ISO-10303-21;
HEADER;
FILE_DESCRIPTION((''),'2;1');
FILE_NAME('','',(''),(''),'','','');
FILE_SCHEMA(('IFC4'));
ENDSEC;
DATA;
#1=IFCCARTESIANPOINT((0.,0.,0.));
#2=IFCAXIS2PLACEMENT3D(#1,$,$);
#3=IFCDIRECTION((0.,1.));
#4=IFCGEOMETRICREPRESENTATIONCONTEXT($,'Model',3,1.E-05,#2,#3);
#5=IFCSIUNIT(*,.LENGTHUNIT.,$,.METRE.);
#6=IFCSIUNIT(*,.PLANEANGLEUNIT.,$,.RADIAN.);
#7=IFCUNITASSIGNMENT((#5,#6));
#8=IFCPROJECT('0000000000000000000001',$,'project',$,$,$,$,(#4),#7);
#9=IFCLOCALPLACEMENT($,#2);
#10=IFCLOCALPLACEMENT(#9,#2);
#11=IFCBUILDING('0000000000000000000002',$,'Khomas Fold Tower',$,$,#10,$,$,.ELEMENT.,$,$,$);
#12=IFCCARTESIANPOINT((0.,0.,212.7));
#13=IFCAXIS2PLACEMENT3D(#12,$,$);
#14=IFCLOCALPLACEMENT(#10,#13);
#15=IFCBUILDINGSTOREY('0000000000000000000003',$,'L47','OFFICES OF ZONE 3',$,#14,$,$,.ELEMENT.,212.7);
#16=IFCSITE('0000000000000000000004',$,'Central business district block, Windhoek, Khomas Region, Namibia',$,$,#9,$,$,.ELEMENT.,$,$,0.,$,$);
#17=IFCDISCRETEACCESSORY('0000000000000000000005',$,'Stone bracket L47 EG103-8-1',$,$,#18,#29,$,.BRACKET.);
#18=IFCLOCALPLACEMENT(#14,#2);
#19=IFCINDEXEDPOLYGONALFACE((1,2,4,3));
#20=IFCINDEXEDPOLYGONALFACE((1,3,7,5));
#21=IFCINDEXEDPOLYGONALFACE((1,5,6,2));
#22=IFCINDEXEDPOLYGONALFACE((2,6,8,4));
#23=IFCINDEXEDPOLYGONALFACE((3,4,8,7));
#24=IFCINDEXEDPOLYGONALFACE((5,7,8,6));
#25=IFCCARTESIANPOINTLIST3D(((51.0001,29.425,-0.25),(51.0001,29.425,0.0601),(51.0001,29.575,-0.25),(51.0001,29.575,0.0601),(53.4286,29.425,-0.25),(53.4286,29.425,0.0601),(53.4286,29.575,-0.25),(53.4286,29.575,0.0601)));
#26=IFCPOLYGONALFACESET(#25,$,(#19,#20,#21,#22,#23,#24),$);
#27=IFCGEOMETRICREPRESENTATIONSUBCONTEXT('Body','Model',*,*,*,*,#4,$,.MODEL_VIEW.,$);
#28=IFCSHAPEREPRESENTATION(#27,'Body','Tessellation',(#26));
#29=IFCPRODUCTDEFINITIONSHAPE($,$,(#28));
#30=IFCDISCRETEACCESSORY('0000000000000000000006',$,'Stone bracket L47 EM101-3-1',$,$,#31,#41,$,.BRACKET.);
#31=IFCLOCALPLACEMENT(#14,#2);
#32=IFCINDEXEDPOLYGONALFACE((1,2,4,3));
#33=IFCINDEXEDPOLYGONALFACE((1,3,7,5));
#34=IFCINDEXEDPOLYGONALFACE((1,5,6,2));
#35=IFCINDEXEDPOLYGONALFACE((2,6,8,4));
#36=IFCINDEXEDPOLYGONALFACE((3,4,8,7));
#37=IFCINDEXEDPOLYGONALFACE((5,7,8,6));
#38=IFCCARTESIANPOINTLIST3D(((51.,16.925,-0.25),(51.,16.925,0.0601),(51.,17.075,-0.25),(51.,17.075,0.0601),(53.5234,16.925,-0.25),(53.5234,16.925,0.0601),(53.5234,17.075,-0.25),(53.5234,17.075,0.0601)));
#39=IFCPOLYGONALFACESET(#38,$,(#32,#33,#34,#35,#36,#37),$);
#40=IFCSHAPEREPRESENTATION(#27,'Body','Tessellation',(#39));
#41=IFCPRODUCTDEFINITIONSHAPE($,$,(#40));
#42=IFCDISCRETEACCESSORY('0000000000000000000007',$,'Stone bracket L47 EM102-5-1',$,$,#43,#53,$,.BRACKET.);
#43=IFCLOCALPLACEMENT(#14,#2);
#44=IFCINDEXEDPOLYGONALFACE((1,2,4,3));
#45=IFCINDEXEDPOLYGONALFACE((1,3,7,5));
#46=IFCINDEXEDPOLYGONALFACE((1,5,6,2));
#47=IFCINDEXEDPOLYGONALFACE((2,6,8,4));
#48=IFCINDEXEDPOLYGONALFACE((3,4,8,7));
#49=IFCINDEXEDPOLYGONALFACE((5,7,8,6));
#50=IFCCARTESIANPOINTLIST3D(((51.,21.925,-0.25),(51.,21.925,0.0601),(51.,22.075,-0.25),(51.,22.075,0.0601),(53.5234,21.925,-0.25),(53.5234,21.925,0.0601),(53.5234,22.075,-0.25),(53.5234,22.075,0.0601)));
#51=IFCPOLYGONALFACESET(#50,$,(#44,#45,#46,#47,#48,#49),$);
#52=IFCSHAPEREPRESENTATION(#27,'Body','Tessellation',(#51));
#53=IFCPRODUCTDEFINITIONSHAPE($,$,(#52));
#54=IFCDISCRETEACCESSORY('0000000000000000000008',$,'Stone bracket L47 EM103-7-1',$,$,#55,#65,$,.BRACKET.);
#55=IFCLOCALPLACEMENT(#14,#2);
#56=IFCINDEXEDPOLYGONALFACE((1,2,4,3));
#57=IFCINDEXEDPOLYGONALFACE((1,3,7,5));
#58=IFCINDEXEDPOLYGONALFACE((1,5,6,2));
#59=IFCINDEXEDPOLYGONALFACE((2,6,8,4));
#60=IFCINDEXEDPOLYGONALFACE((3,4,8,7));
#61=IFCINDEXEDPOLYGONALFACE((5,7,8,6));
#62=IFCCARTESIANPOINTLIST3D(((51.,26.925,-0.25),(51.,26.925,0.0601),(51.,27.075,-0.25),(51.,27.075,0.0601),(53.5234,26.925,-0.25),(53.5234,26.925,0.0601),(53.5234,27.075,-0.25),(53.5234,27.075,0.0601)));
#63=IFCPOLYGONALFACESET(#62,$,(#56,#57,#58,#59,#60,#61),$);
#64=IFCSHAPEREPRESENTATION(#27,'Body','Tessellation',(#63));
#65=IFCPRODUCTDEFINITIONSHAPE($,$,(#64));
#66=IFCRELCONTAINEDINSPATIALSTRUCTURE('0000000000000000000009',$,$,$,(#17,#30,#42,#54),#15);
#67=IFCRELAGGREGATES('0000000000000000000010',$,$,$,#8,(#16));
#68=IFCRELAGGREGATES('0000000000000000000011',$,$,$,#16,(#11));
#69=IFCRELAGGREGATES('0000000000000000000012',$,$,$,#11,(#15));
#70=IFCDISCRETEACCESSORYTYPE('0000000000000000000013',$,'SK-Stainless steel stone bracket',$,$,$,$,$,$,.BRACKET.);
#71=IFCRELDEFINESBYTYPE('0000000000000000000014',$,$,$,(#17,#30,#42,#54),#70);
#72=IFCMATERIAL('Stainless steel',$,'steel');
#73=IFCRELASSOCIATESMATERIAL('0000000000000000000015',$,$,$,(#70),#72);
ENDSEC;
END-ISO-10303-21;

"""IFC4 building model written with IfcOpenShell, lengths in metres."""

from ifc_helpers import new_model, si_unit, direction, frame, origin, origin_2d, place, context, subcontext, project, spatial, rectangle, extrude, source, transform, mapped, material, type_object, element, save


model = new_model("IFC4")

# Units and contexts
model_context = context("Model", 3, precision=1e-05, world=origin(), true_north=direction((0.0, 1.0)))
body_context = subcontext(model_context, "Body", "Model", "MODEL_VIEW")
ifc_project = project(units=[si_unit("LENGTHUNIT", "METRE"), si_unit("PLANEANGLEUNIT", "RADIAN")], contexts=[model_context])

# Site, building, storey
site_placement = place(None, origin())
site = spatial("IfcSite", under=ifc_project, at=site_placement, Name="Central business district block, Windhoek, Khomas Region, Namibia", CompositionType="ELEMENT", RefElevation=0.0)
building_placement = place(site_placement, origin())
building = spatial("IfcBuilding", under=site, at=building_placement, Name="Khomas Fold Tower", CompositionType="ELEMENT")
storey_placement = place(building_placement, frame((0.0, 0.0, 212.7)))
storey = spatial("IfcBuildingStorey", under=building, at=storey_placement, Name="L47", Description="OFFICES OF ZONE 3", CompositionType="ELEMENT", Elevation=212.7)

# Discrete accessories
ifc_material_1 = material(Name="Stainless steel", Category="steel")
discrete_accessory_type = type_object("IfcDiscreteAccessoryType", Name="SK-Stainless steel stone bracket", PredefinedType="BRACKET", material=ifc_material_1)
shared_shape_1 = source(origin(), body_context, "Body", "SweptSolid", [
    extrude(rectangle(XDim=2.4285, YDim=0.1499, at=origin_2d()), origin(), (0.0, 0.0, 1.0), 0.3101),
])
for number, where, z_axis, x_axis, name in (
    (1, (52.2144, 29.5, -0.25), (0.0, 0.0, 1.0), (1.0, 0.0, 0.0), "Stone bracket L47 EG103-8-1"),
):
    element("IfcDiscreteAccessory", number, at=place(storey_placement, frame(where, z_axis=z_axis, x_axis=x_axis)), inside=storey, type_object=discrete_accessory_type, Name=name, PredefinedType="BRACKET", context=body_context, shape_type="MappedRepresentation", body=[
        mapped(shared_shape_1, transform((0.0, 0.0, 0.0))),
    ])
shared_shape_2 = source(origin(), body_context, "Body", "SweptSolid", [
    extrude(rectangle(XDim=2.5234, YDim=0.1499, at=origin_2d()), origin(), (0.0, 0.0, 1.0), 0.3101),
])
for number, where, z_axis, x_axis, name in (
    (2, (52.2617, 17.0, -0.25), (0.0, 0.0, 1.0), (1.0, 0.0, 0.0), "Stone bracket L47 EM101-3-1"),
    (3, (52.2617, 22.0, -0.25), (0.0, 0.0, 1.0), (1.0, 0.0, 0.0), "Stone bracket L47 EM102-5-1"),
    (4, (52.2617, 27.0, -0.25), (0.0, 0.0, 1.0), (1.0, 0.0, 0.0), "Stone bracket L47 EM103-7-1"),
):
    element("IfcDiscreteAccessory", number, at=place(storey_placement, frame(where, z_axis=z_axis, x_axis=x_axis)), inside=storey, type_object=discrete_accessory_type, Name=name, PredefinedType="BRACKET", context=body_context, shape_type="MappedRepresentation", body=[
        mapped(shared_shape_2, transform((0.0, 0.0, 0.0))),
    ])

save(model, "model.ifc")
